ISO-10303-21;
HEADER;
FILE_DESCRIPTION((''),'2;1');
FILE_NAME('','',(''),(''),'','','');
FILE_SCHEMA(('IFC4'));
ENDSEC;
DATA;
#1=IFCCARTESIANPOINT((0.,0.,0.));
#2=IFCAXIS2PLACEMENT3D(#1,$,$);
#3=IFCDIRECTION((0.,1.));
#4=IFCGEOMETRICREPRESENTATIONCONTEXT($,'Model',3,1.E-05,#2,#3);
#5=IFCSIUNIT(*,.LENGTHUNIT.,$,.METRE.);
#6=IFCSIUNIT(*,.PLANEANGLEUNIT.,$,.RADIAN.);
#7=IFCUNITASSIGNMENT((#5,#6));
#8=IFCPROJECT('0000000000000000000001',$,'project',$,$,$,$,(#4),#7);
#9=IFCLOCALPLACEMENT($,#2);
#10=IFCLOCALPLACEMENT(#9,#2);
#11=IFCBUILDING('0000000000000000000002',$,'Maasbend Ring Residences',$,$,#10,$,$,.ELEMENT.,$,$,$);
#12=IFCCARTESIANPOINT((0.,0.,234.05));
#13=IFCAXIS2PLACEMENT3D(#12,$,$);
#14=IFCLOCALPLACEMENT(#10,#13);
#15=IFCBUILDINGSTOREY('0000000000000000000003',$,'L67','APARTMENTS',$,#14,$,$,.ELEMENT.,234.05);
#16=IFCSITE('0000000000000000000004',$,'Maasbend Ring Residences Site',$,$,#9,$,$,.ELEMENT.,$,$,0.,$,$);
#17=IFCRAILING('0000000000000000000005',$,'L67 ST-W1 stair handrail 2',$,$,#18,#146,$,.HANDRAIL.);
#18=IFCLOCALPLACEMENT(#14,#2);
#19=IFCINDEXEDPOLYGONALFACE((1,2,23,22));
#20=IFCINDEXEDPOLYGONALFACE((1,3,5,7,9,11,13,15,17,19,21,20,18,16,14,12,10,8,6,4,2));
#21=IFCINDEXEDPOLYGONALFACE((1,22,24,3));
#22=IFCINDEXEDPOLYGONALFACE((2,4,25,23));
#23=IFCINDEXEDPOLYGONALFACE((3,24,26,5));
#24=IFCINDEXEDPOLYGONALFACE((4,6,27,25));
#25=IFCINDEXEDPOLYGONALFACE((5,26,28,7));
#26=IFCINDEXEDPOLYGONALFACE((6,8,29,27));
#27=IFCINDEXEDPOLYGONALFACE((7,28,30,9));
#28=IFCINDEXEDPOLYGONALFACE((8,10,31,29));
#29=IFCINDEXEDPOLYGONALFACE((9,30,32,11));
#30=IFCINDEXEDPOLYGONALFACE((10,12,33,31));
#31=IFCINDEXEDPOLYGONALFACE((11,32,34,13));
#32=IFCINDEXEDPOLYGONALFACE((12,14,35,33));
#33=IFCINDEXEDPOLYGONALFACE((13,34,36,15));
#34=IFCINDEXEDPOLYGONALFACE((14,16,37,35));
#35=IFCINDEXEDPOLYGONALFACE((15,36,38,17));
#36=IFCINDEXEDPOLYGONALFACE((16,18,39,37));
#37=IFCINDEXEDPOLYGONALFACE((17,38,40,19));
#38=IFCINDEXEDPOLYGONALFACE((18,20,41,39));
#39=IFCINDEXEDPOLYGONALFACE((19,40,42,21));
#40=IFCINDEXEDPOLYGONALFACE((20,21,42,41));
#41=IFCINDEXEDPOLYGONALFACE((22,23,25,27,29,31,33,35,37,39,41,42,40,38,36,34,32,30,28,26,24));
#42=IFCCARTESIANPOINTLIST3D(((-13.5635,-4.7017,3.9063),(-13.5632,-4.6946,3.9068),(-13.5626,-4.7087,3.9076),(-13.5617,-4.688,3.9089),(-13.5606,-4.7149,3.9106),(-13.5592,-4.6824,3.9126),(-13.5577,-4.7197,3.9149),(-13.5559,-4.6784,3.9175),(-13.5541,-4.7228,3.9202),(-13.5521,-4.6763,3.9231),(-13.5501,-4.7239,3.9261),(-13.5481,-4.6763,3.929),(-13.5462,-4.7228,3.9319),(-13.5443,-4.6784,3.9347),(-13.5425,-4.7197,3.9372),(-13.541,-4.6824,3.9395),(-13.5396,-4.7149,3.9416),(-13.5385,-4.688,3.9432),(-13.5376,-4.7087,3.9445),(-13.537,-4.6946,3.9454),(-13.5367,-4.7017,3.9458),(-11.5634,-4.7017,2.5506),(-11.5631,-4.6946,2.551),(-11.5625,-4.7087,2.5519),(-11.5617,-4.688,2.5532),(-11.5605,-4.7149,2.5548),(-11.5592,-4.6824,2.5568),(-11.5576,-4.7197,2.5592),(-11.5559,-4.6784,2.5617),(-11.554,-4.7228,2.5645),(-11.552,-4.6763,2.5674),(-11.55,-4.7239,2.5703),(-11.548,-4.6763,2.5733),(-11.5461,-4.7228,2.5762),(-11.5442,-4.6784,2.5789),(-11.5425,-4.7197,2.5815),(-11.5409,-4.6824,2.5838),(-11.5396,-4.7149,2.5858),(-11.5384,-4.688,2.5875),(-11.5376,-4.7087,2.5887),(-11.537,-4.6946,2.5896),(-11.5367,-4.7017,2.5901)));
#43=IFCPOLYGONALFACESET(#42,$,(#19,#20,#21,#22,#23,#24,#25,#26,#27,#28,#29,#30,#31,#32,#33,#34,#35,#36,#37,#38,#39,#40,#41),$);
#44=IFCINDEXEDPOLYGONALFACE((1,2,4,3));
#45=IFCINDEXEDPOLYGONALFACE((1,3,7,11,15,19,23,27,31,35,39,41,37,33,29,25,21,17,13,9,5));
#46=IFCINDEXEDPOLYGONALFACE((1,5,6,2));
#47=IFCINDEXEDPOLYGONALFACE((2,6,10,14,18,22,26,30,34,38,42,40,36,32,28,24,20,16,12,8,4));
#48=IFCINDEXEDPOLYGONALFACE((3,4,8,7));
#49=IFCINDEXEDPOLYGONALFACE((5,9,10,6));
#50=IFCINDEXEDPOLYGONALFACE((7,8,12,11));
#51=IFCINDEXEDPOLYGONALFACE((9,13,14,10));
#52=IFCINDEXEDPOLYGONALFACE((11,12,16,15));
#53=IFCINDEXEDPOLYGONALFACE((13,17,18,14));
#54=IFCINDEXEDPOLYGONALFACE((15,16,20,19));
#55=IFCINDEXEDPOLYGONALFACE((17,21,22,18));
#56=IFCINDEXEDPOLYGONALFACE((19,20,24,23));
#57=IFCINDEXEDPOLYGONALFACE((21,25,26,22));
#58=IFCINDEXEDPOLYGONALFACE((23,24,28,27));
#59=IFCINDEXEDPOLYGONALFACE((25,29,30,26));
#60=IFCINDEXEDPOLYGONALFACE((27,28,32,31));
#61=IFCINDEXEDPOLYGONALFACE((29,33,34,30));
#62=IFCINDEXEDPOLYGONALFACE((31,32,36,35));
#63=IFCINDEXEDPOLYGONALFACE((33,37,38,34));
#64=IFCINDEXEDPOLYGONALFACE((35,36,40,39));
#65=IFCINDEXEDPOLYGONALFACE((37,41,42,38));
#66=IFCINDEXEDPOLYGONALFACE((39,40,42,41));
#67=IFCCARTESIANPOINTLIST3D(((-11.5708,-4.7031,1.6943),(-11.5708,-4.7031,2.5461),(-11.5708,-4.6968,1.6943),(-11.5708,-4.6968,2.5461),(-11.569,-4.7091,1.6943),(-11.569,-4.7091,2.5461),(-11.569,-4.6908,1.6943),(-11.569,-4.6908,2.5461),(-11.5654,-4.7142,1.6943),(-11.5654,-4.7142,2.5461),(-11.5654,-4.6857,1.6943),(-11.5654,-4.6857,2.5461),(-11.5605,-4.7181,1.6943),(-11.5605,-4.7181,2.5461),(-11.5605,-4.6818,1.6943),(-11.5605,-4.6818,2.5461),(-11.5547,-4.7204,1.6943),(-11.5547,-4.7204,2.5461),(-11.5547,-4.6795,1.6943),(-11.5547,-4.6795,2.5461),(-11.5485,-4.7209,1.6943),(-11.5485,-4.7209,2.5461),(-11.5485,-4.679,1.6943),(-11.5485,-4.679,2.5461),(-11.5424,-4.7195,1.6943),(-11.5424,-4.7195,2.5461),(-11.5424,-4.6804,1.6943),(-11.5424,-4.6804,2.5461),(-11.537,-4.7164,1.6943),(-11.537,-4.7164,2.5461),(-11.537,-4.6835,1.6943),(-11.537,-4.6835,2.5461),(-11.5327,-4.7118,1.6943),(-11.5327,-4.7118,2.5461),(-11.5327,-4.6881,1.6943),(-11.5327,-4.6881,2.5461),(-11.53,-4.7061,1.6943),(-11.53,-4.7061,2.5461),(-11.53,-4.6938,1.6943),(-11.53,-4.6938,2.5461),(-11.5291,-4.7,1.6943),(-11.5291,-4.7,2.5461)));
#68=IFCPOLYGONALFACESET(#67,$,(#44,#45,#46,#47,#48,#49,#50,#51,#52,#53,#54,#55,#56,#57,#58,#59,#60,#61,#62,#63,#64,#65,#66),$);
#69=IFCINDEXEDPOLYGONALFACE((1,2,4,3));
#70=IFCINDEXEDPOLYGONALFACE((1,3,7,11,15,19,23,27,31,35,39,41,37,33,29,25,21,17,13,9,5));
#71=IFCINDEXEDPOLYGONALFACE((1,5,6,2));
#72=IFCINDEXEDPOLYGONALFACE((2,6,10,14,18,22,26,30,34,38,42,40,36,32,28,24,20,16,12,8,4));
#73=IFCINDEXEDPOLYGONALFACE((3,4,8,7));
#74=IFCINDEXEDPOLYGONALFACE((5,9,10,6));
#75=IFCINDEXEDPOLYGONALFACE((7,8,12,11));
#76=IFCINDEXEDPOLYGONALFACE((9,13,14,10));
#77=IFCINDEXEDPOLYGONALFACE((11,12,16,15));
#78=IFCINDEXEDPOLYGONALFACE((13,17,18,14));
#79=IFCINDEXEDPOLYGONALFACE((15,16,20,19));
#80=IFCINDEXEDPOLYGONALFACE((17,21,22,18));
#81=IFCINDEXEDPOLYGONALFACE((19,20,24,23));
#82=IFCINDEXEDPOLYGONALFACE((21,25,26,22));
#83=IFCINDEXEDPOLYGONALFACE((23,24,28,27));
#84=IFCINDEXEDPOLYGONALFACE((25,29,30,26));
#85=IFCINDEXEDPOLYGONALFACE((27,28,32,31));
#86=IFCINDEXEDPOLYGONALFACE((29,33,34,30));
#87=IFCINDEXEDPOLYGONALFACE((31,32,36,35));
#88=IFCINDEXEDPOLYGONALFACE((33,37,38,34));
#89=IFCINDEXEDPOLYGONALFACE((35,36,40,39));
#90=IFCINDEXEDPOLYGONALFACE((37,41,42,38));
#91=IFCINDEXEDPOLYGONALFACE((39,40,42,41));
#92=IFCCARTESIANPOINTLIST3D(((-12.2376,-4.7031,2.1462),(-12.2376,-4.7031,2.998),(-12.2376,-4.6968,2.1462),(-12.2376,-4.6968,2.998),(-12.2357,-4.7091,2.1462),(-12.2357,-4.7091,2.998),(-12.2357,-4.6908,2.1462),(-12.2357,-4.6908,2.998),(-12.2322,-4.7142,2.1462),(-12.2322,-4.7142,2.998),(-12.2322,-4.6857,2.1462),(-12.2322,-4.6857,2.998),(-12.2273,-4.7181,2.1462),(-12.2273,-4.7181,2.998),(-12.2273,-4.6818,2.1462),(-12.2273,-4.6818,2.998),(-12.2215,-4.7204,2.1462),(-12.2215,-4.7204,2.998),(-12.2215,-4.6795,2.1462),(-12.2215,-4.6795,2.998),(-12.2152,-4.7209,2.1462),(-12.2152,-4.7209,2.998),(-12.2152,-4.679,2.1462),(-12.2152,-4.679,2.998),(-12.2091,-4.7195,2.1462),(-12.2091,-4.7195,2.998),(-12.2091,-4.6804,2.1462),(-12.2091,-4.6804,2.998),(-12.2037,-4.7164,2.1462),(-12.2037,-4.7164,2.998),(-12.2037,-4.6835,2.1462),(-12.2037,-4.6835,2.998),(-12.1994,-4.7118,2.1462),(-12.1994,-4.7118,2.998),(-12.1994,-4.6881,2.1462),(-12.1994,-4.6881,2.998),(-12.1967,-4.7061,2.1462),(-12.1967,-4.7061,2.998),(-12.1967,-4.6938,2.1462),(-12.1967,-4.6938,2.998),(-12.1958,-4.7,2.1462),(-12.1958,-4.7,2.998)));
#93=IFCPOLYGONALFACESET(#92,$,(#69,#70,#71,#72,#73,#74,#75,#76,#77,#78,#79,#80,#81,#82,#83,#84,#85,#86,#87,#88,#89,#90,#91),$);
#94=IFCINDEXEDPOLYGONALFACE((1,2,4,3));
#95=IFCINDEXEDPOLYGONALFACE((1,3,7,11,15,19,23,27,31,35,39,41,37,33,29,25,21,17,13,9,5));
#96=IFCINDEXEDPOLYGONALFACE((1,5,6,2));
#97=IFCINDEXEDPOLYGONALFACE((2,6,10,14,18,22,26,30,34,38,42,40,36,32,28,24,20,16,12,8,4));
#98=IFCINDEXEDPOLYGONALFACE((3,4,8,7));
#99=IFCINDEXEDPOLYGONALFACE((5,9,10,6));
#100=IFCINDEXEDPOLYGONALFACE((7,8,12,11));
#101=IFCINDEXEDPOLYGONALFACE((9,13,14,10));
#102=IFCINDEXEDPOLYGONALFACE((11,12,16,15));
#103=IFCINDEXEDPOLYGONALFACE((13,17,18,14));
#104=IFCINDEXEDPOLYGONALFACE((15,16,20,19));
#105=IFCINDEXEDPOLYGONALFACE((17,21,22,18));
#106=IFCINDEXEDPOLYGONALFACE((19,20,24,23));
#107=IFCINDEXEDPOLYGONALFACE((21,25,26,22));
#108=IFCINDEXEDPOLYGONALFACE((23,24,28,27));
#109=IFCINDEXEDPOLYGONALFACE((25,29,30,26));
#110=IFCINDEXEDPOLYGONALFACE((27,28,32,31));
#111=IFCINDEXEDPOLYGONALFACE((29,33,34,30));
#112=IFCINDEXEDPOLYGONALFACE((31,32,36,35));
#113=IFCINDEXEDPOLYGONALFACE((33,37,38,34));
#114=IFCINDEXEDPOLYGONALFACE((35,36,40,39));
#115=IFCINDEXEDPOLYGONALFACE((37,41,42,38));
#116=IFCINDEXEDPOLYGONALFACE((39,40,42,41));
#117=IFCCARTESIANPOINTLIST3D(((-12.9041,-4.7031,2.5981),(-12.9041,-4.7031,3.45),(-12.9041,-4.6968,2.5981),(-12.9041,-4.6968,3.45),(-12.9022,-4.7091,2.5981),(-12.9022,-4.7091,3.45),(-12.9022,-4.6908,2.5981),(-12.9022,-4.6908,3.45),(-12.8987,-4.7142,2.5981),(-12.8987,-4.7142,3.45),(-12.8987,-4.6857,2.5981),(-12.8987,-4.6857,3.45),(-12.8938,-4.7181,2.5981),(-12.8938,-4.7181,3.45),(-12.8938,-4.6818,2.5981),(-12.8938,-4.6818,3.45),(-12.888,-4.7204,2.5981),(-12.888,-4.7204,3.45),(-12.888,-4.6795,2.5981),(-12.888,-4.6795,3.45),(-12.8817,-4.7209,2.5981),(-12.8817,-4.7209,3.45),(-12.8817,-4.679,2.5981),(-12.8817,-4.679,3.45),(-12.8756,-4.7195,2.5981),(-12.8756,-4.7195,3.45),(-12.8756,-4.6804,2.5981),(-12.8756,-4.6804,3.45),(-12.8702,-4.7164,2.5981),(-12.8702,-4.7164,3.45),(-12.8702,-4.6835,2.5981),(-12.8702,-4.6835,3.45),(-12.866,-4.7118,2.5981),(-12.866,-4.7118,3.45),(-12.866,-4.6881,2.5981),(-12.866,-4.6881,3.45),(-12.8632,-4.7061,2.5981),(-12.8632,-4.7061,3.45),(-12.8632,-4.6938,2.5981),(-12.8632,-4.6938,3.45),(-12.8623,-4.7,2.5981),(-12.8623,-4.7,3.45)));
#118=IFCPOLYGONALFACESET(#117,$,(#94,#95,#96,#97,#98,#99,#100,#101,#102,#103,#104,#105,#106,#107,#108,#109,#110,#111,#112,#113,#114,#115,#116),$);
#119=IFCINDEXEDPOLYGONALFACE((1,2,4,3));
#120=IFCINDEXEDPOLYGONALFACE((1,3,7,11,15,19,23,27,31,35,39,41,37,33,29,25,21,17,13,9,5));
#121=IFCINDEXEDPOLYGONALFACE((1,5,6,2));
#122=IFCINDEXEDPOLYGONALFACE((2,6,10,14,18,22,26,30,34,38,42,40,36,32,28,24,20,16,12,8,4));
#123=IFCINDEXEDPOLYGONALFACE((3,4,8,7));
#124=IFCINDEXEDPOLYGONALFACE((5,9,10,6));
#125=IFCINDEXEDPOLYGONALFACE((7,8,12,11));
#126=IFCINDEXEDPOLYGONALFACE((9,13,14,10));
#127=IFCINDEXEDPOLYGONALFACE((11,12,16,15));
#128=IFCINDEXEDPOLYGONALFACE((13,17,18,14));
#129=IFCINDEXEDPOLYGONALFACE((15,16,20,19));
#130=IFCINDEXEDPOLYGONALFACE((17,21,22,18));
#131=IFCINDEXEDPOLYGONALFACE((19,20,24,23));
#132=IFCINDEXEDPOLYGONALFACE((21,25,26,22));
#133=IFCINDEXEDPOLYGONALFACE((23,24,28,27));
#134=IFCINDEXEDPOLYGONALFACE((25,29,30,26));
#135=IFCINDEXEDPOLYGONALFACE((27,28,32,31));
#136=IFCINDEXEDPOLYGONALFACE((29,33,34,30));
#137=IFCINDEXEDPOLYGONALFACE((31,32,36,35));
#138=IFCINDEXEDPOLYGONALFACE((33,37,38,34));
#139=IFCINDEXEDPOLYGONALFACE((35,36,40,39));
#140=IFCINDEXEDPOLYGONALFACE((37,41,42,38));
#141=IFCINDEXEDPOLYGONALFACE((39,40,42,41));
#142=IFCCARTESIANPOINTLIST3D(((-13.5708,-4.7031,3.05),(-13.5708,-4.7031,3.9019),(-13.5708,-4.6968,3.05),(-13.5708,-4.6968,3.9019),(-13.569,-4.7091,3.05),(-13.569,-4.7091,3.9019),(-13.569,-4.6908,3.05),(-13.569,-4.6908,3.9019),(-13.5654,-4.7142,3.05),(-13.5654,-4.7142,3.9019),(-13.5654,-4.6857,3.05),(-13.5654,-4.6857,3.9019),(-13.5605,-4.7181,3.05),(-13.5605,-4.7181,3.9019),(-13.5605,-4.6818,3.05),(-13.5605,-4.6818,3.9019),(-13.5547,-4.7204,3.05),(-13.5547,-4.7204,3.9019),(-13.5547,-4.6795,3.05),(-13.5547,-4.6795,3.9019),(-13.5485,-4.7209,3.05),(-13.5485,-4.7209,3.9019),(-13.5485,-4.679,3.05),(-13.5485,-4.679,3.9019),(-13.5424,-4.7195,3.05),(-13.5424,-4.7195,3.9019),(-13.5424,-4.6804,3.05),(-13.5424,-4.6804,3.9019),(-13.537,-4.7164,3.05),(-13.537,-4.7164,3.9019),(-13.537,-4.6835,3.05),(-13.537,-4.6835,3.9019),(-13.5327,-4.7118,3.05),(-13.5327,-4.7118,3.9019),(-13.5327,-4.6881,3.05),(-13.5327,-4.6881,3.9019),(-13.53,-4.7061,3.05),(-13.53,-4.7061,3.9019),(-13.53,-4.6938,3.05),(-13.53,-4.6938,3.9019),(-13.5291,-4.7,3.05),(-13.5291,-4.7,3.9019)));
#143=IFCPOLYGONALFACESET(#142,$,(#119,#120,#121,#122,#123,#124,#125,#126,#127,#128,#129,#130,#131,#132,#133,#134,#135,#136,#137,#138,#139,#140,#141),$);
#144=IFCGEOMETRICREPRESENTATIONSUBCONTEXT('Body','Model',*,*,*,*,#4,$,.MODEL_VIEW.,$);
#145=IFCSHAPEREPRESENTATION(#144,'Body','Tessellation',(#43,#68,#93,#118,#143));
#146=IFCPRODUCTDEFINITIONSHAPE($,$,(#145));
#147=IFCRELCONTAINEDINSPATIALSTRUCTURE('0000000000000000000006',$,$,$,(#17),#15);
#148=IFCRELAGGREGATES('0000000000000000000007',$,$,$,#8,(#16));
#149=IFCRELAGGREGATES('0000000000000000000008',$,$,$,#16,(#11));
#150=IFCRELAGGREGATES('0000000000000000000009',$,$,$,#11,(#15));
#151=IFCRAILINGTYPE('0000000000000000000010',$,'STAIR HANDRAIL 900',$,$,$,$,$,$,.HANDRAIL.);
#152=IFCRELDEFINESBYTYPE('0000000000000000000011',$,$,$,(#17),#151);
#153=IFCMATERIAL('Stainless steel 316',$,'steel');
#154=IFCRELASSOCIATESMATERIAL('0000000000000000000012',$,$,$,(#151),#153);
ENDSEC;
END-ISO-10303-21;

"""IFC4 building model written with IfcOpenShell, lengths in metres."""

from ifc_helpers import new_model, si_unit, direction, frame, origin, origin_2d, place, context, subcontext, project, spatial, circle, extrude, material, type_object, element, save


model = new_model("IFC4")

# Units and contexts
model_context = context("Model", 3, precision=1e-05, world=origin(), true_north=direction((0.0, 1.0)))
body_context = subcontext(model_context, "Body", "Model", "MODEL_VIEW")
ifc_project = project(units=[si_unit("LENGTHUNIT", "METRE"), si_unit("PLANEANGLEUNIT", "RADIAN")], contexts=[model_context])

# Site, building, storey
site_placement = place(None, origin())
site = spatial("IfcSite", under=ifc_project, at=site_placement, Name="Maasbend Ring Residences Site", CompositionType="ELEMENT", RefElevation=0.0)
building_placement = place(site_placement, origin())
building = spatial("IfcBuilding", under=site, at=building_placement, Name="Maasbend Ring Residences", CompositionType="ELEMENT")
storey_placement = place(building_placement, frame((0.0, 0.0, 234.05)))
storey = spatial("IfcBuildingStorey", under=building, at=storey_placement, Name="L67", Description="APARTMENTS", CompositionType="ELEMENT", Elevation=234.05)

# Railing
ifc_material_1 = material(Name="Stainless steel 316", Category="steel")
railing_type_1 = type_object("IfcRailingType", Name="STAIR HANDRAIL 900", PredefinedType="HANDRAIL", material=ifc_material_1)
railing_1_placement = place(storey_placement, frame((-11.55, -4.7, 1.6943)))
element("IfcRailing", 1, at=railing_1_placement, inside=storey, type_object=railing_type_1, Name="L67 ST-W1 stair handrail 2", PredefinedType="HANDRAIL", context=body_context, shape_type="SweptSolid", body=[
    extrude(circle(Radius=0.0239, at=origin_2d()), frame((0.0, 0.0, 0.876), z_axis=(-0.827751, 0.0, 0.561096), x_axis=(0.0, -1.0, 0.0)), (0.0, 0.0, 1.0), 2.4163),
    extrude(circle(Radius=0.021, at=origin_2d()), origin(), (0.0, 0.0, 1.0), 0.8518),
    extrude(circle(Radius=0.021, at=origin_2d()), frame((-0.6667, 0.0, 0.4519)), (0.0, 0.0, 1.0), 0.8518),
    extrude(circle(Radius=0.021, at=origin_2d()), frame((-1.3333, 0.0, 0.9038)), (0.0, 0.0, 1.0), 0.8518),
    extrude(circle(Radius=0.021, at=origin_2d()), frame((-2.0, 0.0, 1.3557)), (0.0, 0.0, 1.0), 0.8518),
])

save(model, "model.ifc")
